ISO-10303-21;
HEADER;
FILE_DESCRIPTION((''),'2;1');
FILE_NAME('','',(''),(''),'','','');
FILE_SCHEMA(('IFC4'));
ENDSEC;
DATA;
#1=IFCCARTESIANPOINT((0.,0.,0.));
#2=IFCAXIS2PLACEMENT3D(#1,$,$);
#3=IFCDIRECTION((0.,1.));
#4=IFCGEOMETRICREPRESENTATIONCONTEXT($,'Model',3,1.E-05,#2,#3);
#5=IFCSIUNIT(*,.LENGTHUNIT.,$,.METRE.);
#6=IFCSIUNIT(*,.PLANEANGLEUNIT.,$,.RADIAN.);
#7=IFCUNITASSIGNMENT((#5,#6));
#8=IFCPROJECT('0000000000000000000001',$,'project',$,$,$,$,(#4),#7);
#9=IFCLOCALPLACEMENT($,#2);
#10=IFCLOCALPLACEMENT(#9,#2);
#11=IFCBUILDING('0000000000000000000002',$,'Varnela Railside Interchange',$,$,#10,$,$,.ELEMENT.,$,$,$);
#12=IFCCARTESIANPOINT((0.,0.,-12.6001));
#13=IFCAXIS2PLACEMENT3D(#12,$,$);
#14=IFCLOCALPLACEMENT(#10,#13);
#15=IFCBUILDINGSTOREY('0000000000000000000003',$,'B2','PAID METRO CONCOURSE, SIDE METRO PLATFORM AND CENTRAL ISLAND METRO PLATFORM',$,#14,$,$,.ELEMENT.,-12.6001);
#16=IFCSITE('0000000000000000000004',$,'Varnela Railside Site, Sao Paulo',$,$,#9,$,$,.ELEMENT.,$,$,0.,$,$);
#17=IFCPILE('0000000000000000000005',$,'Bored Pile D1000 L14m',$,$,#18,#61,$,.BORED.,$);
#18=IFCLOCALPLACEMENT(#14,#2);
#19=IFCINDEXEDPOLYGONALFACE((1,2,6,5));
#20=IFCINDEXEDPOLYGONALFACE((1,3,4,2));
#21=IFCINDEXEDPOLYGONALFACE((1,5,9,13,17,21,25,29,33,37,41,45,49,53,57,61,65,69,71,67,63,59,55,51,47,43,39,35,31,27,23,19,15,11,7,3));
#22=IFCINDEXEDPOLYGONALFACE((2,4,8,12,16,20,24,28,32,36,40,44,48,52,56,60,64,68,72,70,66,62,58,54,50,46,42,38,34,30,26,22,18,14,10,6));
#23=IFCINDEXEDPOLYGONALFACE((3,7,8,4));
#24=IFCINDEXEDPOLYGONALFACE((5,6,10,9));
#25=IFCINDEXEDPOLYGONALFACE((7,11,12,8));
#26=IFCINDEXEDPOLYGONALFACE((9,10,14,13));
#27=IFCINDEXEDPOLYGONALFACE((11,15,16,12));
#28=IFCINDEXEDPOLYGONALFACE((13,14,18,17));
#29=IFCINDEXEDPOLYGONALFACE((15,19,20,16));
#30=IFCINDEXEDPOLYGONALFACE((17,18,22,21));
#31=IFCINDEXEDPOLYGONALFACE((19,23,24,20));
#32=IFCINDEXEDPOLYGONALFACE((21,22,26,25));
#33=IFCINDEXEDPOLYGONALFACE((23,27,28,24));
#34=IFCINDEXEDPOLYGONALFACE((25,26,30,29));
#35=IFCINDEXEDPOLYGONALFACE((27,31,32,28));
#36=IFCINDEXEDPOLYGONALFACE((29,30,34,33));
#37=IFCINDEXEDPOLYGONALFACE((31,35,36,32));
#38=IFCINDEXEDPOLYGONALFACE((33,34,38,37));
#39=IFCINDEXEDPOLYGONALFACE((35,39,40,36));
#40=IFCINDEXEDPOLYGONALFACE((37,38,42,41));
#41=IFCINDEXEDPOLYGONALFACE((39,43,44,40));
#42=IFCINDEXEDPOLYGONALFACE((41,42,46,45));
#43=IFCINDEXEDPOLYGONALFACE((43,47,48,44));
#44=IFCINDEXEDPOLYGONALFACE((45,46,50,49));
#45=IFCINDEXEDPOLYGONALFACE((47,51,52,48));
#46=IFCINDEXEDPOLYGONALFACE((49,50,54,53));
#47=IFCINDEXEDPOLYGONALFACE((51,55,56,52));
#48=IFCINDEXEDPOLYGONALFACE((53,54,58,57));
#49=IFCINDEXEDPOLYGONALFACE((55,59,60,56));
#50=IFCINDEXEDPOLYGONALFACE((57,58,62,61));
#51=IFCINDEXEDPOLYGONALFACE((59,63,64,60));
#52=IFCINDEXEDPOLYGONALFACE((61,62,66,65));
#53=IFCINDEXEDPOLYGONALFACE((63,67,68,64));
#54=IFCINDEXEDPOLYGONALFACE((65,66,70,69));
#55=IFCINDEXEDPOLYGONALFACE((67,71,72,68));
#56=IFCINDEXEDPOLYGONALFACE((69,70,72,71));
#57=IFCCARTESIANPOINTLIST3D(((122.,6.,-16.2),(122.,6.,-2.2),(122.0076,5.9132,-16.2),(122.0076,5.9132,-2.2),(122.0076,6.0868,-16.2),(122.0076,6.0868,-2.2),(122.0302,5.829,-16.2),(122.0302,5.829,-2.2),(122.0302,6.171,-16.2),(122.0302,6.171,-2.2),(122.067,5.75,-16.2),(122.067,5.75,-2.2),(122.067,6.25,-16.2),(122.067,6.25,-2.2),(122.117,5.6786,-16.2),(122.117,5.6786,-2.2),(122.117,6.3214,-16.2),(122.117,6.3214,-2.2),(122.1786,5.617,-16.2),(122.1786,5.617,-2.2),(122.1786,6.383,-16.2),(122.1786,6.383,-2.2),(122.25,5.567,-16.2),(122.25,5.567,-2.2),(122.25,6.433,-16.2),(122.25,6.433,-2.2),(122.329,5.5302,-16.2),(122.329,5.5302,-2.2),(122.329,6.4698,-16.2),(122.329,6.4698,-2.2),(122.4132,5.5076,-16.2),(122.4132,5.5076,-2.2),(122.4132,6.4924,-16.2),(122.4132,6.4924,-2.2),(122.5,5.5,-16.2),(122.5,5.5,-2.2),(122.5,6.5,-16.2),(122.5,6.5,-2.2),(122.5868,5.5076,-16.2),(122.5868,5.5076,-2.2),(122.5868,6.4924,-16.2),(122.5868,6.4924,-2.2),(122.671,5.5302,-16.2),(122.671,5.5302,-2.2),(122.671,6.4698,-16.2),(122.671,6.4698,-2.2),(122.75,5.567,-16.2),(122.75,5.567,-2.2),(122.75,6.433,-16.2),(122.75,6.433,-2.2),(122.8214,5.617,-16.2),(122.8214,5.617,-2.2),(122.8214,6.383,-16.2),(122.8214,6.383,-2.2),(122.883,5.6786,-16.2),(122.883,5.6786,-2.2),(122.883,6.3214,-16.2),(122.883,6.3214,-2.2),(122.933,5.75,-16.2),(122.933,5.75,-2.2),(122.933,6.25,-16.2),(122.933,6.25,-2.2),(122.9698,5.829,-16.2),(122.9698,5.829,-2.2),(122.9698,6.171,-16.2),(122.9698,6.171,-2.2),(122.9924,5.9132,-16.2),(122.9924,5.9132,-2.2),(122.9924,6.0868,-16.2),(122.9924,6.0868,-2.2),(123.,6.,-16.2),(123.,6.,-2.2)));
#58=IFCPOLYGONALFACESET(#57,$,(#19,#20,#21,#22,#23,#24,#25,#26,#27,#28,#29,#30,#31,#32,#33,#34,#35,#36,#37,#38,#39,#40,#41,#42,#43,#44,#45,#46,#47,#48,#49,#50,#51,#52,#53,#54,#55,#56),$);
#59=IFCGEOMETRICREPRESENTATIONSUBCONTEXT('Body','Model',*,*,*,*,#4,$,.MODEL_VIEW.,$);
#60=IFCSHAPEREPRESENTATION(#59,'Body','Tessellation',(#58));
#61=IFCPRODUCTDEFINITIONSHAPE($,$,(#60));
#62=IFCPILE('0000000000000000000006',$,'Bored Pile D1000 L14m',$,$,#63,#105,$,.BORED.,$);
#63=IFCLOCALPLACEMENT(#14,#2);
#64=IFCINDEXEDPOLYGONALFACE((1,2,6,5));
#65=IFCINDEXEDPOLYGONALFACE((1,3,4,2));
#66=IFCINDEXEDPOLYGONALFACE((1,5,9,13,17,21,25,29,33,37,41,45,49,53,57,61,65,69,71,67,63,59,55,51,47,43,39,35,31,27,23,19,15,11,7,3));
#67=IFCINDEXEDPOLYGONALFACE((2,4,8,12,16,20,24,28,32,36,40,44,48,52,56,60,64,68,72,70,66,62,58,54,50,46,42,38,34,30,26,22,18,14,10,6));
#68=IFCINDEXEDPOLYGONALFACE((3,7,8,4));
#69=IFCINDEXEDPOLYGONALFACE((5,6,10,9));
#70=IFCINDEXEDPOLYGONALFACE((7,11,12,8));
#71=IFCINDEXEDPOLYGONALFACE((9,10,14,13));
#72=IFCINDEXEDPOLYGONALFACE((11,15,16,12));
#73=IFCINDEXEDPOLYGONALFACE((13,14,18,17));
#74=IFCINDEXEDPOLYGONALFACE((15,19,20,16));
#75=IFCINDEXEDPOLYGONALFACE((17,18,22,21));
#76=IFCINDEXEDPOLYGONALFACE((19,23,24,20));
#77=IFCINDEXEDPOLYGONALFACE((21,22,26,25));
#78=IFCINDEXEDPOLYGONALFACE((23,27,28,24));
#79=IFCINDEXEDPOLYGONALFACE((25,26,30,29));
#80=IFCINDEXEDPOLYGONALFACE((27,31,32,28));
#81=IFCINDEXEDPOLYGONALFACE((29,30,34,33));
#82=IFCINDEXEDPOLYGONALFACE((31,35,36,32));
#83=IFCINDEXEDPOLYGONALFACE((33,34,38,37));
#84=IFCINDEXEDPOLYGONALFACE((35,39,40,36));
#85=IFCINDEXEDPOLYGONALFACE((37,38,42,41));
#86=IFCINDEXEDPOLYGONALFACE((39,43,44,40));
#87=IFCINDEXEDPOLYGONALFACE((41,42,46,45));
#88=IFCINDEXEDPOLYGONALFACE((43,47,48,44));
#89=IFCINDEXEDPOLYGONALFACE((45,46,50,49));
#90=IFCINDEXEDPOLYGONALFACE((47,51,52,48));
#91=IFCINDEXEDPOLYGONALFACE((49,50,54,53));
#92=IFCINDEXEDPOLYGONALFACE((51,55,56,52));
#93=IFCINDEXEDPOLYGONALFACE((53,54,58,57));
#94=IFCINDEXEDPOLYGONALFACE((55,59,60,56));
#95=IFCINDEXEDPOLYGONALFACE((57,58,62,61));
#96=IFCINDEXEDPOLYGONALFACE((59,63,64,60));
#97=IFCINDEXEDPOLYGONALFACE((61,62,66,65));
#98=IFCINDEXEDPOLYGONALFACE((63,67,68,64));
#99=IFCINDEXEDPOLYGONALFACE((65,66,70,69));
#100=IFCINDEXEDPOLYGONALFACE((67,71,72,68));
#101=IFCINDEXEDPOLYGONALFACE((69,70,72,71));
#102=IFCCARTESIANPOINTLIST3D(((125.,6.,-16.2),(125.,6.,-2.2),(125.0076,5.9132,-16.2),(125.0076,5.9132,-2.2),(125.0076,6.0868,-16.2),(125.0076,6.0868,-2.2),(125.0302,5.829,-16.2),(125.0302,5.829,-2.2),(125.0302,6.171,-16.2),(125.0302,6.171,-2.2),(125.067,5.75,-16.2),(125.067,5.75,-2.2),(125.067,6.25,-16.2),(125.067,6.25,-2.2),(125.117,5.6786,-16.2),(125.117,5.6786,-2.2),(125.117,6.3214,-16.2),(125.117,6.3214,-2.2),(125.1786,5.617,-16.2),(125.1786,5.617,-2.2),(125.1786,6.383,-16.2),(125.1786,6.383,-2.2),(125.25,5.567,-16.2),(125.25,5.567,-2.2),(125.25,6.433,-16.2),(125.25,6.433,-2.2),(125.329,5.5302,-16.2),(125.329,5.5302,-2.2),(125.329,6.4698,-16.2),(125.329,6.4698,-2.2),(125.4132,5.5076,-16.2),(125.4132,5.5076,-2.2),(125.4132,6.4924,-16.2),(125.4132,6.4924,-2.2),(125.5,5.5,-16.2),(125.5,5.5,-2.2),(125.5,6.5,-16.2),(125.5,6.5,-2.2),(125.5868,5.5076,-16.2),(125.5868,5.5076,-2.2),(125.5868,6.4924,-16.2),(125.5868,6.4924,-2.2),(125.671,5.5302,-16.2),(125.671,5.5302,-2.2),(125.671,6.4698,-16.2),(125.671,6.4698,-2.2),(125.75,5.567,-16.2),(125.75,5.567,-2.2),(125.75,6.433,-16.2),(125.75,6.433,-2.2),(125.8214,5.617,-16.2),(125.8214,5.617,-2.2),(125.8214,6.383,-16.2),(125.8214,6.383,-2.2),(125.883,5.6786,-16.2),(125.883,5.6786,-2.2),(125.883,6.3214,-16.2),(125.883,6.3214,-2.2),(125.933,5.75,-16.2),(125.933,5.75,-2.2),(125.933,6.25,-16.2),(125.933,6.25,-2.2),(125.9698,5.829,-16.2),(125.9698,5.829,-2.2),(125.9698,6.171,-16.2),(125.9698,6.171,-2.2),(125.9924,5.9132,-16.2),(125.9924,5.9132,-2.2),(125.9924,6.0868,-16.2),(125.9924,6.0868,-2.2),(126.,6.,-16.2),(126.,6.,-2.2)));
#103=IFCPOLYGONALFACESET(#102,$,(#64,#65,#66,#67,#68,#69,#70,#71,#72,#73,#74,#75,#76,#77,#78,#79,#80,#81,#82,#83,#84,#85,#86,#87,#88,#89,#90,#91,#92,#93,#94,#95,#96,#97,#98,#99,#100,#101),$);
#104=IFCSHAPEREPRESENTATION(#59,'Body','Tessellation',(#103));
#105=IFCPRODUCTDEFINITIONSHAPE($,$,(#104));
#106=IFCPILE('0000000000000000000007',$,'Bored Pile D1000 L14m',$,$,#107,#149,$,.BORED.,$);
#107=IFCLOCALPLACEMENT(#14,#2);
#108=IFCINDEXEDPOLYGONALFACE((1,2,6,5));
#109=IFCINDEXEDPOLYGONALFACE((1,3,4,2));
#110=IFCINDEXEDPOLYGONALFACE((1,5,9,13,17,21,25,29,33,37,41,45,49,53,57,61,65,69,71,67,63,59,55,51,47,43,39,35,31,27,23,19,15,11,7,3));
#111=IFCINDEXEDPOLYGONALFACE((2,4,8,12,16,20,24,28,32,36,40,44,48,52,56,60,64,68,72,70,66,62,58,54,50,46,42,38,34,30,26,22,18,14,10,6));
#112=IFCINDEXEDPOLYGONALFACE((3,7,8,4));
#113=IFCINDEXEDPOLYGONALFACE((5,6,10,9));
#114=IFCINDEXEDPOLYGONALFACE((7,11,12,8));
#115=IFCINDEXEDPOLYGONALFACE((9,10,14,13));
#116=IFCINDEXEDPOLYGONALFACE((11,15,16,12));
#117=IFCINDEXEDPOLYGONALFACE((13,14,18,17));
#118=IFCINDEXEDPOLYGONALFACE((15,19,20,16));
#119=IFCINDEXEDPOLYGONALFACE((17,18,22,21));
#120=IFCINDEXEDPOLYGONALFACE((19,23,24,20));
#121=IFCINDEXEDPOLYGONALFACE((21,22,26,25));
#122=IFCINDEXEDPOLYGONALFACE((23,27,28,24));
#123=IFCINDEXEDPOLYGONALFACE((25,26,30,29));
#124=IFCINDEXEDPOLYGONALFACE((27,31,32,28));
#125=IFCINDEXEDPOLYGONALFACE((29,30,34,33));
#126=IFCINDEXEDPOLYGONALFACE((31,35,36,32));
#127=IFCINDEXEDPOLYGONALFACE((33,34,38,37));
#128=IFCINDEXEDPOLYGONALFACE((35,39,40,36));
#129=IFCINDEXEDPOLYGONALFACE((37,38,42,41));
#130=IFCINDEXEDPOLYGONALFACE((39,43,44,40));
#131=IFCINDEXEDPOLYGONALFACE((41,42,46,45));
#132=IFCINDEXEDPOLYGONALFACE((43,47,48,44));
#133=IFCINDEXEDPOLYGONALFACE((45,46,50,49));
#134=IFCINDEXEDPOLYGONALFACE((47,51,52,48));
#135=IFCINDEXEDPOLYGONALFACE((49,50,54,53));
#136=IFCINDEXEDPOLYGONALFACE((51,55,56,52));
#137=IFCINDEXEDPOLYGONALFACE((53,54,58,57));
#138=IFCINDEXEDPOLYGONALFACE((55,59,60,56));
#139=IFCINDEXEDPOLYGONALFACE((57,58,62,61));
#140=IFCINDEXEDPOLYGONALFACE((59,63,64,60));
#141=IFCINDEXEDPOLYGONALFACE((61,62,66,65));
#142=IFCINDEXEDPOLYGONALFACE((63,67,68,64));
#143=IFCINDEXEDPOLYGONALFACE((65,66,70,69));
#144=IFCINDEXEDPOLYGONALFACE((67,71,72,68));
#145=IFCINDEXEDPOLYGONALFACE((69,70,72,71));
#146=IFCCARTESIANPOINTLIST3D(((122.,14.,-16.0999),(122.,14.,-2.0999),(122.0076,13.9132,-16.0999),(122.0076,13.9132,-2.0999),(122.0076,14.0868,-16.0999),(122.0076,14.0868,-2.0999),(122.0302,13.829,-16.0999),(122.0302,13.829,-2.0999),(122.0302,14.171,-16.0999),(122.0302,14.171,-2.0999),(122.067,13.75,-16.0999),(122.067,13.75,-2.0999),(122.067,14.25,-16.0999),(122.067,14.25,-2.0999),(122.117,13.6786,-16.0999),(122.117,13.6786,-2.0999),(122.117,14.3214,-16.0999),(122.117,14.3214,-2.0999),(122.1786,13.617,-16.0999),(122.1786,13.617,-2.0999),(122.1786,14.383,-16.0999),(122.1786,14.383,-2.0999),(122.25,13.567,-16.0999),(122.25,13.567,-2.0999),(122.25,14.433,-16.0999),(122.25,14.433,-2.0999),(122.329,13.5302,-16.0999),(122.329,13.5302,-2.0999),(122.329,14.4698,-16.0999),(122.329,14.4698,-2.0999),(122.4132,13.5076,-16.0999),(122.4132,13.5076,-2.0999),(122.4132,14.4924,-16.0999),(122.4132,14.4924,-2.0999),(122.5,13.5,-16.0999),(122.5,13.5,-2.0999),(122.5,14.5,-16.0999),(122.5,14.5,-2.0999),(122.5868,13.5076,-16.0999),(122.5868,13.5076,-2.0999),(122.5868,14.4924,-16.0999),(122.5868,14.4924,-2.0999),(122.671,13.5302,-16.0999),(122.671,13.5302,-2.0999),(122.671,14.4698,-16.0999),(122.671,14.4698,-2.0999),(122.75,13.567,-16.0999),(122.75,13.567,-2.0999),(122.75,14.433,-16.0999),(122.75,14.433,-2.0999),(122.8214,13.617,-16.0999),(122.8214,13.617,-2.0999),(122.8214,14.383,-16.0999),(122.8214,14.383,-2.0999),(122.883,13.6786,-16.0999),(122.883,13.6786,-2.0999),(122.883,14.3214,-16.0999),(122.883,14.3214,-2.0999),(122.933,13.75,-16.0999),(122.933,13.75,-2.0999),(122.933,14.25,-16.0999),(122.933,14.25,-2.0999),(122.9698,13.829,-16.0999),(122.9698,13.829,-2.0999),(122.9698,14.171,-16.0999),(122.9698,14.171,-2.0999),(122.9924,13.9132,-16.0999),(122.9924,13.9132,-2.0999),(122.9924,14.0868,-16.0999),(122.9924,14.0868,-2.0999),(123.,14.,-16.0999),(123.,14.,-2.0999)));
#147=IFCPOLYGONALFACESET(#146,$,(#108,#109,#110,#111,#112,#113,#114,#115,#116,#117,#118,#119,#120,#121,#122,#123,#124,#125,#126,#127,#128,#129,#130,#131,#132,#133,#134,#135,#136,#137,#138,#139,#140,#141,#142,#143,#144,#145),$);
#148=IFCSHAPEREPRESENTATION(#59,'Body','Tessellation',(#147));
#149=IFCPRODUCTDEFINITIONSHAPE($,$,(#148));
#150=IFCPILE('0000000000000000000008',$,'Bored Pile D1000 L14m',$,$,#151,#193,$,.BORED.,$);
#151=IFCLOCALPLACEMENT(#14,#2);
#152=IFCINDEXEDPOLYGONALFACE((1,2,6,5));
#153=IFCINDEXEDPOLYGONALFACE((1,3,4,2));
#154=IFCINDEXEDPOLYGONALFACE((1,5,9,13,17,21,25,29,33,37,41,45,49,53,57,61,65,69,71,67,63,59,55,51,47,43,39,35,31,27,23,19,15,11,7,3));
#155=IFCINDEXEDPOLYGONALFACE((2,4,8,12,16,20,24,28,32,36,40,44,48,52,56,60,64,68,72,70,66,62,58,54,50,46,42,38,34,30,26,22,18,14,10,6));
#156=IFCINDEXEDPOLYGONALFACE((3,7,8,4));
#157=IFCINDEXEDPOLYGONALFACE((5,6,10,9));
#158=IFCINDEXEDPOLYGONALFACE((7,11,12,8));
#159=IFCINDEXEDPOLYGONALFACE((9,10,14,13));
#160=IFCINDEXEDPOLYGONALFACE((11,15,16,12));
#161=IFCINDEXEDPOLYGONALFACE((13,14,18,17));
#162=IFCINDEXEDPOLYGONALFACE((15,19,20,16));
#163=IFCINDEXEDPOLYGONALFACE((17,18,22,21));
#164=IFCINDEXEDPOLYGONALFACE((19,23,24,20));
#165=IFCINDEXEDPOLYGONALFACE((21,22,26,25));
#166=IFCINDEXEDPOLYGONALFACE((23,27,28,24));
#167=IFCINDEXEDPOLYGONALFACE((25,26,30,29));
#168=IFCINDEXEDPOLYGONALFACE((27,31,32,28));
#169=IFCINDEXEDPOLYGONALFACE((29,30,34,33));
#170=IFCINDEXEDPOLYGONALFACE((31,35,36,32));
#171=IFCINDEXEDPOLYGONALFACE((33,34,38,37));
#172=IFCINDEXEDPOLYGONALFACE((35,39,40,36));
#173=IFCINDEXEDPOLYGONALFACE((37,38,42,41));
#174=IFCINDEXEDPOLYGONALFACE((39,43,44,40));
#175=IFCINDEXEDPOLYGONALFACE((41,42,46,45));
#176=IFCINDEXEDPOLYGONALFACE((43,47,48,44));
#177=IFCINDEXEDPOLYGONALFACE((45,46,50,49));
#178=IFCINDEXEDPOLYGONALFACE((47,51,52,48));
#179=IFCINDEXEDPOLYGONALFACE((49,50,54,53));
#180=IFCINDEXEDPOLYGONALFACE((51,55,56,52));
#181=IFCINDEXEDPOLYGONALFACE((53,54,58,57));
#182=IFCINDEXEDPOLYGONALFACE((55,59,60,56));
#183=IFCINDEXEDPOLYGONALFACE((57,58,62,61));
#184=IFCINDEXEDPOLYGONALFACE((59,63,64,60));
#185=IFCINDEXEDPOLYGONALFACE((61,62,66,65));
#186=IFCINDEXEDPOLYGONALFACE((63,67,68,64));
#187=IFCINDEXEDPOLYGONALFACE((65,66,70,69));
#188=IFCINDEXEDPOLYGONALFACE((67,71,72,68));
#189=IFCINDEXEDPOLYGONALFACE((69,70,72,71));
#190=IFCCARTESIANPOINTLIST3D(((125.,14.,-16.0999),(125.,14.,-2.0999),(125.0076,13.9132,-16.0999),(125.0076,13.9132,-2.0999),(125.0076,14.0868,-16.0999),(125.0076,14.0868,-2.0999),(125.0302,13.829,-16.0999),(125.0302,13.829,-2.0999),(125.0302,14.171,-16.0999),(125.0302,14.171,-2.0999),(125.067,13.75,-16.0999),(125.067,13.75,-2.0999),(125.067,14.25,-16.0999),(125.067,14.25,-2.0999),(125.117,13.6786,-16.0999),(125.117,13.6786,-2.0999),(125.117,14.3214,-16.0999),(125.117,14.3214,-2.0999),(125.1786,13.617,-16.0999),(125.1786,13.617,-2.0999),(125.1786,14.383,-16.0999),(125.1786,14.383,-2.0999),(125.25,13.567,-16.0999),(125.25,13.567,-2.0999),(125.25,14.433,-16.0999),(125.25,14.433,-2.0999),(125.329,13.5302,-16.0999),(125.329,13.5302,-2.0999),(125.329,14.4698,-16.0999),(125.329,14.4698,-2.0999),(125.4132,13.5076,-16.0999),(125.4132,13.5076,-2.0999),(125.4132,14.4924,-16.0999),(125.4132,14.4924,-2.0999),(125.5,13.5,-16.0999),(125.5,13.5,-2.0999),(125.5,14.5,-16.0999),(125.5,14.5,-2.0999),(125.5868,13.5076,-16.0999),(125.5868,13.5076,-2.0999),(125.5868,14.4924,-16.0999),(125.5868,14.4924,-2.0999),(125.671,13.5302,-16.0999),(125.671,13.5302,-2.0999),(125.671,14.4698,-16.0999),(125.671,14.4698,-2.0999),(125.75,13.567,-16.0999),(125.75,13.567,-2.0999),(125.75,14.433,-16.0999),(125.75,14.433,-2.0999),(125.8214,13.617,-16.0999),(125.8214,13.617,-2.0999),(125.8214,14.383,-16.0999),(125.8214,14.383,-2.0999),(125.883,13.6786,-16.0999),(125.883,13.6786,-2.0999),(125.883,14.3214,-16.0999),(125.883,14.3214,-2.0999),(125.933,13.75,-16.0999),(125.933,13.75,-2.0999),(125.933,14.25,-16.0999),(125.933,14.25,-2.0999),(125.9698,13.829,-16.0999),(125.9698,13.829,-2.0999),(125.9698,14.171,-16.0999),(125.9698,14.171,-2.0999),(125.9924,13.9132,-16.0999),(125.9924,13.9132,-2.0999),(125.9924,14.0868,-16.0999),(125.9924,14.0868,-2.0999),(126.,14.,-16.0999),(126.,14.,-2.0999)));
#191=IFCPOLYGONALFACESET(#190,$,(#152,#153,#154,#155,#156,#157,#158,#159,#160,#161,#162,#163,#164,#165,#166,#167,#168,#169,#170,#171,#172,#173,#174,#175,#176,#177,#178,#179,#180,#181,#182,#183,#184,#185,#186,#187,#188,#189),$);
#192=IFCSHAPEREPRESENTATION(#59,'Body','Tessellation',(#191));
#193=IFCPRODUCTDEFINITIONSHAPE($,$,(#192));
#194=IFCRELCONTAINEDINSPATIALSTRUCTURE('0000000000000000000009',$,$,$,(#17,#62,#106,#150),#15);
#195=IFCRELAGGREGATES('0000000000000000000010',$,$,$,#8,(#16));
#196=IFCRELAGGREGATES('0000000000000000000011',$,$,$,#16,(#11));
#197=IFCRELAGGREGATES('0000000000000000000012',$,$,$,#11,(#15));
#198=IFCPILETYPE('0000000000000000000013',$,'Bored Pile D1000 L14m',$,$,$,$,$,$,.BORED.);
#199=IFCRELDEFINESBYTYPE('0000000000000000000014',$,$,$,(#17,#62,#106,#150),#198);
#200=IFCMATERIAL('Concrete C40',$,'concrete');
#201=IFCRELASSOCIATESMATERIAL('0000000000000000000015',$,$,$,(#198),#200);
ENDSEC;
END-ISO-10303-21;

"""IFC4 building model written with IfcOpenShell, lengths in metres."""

from ifc_helpers import new_model, si_unit, direction, frame, origin, origin_2d, place, context, subcontext, project, spatial, circle, extrude, material, material_profile, profile_set, type_object, element, save


model = new_model("IFC4")

# Units and contexts
model_context = context("Model", 3, precision=1e-05, world=origin(), true_north=direction((0.0, 1.0)))
body_context = subcontext(model_context, "Body", "Model", "MODEL_VIEW")
ifc_project = project(units=[si_unit("LENGTHUNIT", "METRE"), si_unit("PLANEANGLEUNIT", "RADIAN")], contexts=[model_context])

# Site, building, storey
site_placement = place(None, origin())
site = spatial("IfcSite", under=ifc_project, at=site_placement, Name="Varnela Railside Site, Sao Paulo", CompositionType="ELEMENT", RefElevation=0.0)
building_placement = place(site_placement, origin())
building = spatial("IfcBuilding", under=site, at=building_placement, Name="Varnela Railside Interchange", CompositionType="ELEMENT")
storey_placement = place(building_placement, frame((0.0, 0.0, -12.6001)))
storey = spatial("IfcBuildingStorey", under=building, at=storey_placement, Name="B2", Description="PAID METRO CONCOURSE, SIDE METRO PLATFORM AND CENTRAL ISLAND METRO PLATFORM", CompositionType="ELEMENT", Elevation=-12.6001)

# Piles
ifc_material_1 = material(Name="Concrete C40", Category="concrete")
ifc_material_profile_1 = material_profile(ifc_material_1, circle(Radius=0.5, at=origin_2d()), Name="BORED PILE D1000")
ifc_profile_set_1 = profile_set([ifc_material_profile_1], Name="Concrete C40")
pile_type_1 = type_object("IfcPileType", Name="Bored Pile D1000 L14m", PredefinedType="BORED", material=ifc_profile_set_1)
for number, where, z_axis, x_axis, name in (
    (1, (122.5, 6.0, -2.2), (0.0, 0.0, -1.0), (1.0, 0.0, 0.0), "Bored Pile D1000 L14m"),
    (2, (125.5, 6.0, -2.2), (0.0, 0.0, -1.0), (1.0, 0.0, 0.0), "Bored Pile D1000 L14m"),
    (3, (122.5, 14.0, -2.0999), (0.0, 0.0, -1.0), (1.0, 0.0, 0.0), "Bored Pile D1000 L14m"),
    (4, (125.5, 14.0, -2.0999), (0.0, 0.0, -1.0), (1.0, 0.0, 0.0), "Bored Pile D1000 L14m"),
):
    element("IfcPile", number, at=place(storey_placement, frame(where, z_axis=z_axis, x_axis=x_axis)), inside=storey, type_object=pile_type_1, Name=name, PredefinedType="BORED", context=body_context, shape_type="SweptSolid", body=[
        extrude(circle(Radius=0.5, at=origin_2d()), origin(), (0.0, 0.0, 1.0), 14.0),
    ])

save(model, "model.ifc")
